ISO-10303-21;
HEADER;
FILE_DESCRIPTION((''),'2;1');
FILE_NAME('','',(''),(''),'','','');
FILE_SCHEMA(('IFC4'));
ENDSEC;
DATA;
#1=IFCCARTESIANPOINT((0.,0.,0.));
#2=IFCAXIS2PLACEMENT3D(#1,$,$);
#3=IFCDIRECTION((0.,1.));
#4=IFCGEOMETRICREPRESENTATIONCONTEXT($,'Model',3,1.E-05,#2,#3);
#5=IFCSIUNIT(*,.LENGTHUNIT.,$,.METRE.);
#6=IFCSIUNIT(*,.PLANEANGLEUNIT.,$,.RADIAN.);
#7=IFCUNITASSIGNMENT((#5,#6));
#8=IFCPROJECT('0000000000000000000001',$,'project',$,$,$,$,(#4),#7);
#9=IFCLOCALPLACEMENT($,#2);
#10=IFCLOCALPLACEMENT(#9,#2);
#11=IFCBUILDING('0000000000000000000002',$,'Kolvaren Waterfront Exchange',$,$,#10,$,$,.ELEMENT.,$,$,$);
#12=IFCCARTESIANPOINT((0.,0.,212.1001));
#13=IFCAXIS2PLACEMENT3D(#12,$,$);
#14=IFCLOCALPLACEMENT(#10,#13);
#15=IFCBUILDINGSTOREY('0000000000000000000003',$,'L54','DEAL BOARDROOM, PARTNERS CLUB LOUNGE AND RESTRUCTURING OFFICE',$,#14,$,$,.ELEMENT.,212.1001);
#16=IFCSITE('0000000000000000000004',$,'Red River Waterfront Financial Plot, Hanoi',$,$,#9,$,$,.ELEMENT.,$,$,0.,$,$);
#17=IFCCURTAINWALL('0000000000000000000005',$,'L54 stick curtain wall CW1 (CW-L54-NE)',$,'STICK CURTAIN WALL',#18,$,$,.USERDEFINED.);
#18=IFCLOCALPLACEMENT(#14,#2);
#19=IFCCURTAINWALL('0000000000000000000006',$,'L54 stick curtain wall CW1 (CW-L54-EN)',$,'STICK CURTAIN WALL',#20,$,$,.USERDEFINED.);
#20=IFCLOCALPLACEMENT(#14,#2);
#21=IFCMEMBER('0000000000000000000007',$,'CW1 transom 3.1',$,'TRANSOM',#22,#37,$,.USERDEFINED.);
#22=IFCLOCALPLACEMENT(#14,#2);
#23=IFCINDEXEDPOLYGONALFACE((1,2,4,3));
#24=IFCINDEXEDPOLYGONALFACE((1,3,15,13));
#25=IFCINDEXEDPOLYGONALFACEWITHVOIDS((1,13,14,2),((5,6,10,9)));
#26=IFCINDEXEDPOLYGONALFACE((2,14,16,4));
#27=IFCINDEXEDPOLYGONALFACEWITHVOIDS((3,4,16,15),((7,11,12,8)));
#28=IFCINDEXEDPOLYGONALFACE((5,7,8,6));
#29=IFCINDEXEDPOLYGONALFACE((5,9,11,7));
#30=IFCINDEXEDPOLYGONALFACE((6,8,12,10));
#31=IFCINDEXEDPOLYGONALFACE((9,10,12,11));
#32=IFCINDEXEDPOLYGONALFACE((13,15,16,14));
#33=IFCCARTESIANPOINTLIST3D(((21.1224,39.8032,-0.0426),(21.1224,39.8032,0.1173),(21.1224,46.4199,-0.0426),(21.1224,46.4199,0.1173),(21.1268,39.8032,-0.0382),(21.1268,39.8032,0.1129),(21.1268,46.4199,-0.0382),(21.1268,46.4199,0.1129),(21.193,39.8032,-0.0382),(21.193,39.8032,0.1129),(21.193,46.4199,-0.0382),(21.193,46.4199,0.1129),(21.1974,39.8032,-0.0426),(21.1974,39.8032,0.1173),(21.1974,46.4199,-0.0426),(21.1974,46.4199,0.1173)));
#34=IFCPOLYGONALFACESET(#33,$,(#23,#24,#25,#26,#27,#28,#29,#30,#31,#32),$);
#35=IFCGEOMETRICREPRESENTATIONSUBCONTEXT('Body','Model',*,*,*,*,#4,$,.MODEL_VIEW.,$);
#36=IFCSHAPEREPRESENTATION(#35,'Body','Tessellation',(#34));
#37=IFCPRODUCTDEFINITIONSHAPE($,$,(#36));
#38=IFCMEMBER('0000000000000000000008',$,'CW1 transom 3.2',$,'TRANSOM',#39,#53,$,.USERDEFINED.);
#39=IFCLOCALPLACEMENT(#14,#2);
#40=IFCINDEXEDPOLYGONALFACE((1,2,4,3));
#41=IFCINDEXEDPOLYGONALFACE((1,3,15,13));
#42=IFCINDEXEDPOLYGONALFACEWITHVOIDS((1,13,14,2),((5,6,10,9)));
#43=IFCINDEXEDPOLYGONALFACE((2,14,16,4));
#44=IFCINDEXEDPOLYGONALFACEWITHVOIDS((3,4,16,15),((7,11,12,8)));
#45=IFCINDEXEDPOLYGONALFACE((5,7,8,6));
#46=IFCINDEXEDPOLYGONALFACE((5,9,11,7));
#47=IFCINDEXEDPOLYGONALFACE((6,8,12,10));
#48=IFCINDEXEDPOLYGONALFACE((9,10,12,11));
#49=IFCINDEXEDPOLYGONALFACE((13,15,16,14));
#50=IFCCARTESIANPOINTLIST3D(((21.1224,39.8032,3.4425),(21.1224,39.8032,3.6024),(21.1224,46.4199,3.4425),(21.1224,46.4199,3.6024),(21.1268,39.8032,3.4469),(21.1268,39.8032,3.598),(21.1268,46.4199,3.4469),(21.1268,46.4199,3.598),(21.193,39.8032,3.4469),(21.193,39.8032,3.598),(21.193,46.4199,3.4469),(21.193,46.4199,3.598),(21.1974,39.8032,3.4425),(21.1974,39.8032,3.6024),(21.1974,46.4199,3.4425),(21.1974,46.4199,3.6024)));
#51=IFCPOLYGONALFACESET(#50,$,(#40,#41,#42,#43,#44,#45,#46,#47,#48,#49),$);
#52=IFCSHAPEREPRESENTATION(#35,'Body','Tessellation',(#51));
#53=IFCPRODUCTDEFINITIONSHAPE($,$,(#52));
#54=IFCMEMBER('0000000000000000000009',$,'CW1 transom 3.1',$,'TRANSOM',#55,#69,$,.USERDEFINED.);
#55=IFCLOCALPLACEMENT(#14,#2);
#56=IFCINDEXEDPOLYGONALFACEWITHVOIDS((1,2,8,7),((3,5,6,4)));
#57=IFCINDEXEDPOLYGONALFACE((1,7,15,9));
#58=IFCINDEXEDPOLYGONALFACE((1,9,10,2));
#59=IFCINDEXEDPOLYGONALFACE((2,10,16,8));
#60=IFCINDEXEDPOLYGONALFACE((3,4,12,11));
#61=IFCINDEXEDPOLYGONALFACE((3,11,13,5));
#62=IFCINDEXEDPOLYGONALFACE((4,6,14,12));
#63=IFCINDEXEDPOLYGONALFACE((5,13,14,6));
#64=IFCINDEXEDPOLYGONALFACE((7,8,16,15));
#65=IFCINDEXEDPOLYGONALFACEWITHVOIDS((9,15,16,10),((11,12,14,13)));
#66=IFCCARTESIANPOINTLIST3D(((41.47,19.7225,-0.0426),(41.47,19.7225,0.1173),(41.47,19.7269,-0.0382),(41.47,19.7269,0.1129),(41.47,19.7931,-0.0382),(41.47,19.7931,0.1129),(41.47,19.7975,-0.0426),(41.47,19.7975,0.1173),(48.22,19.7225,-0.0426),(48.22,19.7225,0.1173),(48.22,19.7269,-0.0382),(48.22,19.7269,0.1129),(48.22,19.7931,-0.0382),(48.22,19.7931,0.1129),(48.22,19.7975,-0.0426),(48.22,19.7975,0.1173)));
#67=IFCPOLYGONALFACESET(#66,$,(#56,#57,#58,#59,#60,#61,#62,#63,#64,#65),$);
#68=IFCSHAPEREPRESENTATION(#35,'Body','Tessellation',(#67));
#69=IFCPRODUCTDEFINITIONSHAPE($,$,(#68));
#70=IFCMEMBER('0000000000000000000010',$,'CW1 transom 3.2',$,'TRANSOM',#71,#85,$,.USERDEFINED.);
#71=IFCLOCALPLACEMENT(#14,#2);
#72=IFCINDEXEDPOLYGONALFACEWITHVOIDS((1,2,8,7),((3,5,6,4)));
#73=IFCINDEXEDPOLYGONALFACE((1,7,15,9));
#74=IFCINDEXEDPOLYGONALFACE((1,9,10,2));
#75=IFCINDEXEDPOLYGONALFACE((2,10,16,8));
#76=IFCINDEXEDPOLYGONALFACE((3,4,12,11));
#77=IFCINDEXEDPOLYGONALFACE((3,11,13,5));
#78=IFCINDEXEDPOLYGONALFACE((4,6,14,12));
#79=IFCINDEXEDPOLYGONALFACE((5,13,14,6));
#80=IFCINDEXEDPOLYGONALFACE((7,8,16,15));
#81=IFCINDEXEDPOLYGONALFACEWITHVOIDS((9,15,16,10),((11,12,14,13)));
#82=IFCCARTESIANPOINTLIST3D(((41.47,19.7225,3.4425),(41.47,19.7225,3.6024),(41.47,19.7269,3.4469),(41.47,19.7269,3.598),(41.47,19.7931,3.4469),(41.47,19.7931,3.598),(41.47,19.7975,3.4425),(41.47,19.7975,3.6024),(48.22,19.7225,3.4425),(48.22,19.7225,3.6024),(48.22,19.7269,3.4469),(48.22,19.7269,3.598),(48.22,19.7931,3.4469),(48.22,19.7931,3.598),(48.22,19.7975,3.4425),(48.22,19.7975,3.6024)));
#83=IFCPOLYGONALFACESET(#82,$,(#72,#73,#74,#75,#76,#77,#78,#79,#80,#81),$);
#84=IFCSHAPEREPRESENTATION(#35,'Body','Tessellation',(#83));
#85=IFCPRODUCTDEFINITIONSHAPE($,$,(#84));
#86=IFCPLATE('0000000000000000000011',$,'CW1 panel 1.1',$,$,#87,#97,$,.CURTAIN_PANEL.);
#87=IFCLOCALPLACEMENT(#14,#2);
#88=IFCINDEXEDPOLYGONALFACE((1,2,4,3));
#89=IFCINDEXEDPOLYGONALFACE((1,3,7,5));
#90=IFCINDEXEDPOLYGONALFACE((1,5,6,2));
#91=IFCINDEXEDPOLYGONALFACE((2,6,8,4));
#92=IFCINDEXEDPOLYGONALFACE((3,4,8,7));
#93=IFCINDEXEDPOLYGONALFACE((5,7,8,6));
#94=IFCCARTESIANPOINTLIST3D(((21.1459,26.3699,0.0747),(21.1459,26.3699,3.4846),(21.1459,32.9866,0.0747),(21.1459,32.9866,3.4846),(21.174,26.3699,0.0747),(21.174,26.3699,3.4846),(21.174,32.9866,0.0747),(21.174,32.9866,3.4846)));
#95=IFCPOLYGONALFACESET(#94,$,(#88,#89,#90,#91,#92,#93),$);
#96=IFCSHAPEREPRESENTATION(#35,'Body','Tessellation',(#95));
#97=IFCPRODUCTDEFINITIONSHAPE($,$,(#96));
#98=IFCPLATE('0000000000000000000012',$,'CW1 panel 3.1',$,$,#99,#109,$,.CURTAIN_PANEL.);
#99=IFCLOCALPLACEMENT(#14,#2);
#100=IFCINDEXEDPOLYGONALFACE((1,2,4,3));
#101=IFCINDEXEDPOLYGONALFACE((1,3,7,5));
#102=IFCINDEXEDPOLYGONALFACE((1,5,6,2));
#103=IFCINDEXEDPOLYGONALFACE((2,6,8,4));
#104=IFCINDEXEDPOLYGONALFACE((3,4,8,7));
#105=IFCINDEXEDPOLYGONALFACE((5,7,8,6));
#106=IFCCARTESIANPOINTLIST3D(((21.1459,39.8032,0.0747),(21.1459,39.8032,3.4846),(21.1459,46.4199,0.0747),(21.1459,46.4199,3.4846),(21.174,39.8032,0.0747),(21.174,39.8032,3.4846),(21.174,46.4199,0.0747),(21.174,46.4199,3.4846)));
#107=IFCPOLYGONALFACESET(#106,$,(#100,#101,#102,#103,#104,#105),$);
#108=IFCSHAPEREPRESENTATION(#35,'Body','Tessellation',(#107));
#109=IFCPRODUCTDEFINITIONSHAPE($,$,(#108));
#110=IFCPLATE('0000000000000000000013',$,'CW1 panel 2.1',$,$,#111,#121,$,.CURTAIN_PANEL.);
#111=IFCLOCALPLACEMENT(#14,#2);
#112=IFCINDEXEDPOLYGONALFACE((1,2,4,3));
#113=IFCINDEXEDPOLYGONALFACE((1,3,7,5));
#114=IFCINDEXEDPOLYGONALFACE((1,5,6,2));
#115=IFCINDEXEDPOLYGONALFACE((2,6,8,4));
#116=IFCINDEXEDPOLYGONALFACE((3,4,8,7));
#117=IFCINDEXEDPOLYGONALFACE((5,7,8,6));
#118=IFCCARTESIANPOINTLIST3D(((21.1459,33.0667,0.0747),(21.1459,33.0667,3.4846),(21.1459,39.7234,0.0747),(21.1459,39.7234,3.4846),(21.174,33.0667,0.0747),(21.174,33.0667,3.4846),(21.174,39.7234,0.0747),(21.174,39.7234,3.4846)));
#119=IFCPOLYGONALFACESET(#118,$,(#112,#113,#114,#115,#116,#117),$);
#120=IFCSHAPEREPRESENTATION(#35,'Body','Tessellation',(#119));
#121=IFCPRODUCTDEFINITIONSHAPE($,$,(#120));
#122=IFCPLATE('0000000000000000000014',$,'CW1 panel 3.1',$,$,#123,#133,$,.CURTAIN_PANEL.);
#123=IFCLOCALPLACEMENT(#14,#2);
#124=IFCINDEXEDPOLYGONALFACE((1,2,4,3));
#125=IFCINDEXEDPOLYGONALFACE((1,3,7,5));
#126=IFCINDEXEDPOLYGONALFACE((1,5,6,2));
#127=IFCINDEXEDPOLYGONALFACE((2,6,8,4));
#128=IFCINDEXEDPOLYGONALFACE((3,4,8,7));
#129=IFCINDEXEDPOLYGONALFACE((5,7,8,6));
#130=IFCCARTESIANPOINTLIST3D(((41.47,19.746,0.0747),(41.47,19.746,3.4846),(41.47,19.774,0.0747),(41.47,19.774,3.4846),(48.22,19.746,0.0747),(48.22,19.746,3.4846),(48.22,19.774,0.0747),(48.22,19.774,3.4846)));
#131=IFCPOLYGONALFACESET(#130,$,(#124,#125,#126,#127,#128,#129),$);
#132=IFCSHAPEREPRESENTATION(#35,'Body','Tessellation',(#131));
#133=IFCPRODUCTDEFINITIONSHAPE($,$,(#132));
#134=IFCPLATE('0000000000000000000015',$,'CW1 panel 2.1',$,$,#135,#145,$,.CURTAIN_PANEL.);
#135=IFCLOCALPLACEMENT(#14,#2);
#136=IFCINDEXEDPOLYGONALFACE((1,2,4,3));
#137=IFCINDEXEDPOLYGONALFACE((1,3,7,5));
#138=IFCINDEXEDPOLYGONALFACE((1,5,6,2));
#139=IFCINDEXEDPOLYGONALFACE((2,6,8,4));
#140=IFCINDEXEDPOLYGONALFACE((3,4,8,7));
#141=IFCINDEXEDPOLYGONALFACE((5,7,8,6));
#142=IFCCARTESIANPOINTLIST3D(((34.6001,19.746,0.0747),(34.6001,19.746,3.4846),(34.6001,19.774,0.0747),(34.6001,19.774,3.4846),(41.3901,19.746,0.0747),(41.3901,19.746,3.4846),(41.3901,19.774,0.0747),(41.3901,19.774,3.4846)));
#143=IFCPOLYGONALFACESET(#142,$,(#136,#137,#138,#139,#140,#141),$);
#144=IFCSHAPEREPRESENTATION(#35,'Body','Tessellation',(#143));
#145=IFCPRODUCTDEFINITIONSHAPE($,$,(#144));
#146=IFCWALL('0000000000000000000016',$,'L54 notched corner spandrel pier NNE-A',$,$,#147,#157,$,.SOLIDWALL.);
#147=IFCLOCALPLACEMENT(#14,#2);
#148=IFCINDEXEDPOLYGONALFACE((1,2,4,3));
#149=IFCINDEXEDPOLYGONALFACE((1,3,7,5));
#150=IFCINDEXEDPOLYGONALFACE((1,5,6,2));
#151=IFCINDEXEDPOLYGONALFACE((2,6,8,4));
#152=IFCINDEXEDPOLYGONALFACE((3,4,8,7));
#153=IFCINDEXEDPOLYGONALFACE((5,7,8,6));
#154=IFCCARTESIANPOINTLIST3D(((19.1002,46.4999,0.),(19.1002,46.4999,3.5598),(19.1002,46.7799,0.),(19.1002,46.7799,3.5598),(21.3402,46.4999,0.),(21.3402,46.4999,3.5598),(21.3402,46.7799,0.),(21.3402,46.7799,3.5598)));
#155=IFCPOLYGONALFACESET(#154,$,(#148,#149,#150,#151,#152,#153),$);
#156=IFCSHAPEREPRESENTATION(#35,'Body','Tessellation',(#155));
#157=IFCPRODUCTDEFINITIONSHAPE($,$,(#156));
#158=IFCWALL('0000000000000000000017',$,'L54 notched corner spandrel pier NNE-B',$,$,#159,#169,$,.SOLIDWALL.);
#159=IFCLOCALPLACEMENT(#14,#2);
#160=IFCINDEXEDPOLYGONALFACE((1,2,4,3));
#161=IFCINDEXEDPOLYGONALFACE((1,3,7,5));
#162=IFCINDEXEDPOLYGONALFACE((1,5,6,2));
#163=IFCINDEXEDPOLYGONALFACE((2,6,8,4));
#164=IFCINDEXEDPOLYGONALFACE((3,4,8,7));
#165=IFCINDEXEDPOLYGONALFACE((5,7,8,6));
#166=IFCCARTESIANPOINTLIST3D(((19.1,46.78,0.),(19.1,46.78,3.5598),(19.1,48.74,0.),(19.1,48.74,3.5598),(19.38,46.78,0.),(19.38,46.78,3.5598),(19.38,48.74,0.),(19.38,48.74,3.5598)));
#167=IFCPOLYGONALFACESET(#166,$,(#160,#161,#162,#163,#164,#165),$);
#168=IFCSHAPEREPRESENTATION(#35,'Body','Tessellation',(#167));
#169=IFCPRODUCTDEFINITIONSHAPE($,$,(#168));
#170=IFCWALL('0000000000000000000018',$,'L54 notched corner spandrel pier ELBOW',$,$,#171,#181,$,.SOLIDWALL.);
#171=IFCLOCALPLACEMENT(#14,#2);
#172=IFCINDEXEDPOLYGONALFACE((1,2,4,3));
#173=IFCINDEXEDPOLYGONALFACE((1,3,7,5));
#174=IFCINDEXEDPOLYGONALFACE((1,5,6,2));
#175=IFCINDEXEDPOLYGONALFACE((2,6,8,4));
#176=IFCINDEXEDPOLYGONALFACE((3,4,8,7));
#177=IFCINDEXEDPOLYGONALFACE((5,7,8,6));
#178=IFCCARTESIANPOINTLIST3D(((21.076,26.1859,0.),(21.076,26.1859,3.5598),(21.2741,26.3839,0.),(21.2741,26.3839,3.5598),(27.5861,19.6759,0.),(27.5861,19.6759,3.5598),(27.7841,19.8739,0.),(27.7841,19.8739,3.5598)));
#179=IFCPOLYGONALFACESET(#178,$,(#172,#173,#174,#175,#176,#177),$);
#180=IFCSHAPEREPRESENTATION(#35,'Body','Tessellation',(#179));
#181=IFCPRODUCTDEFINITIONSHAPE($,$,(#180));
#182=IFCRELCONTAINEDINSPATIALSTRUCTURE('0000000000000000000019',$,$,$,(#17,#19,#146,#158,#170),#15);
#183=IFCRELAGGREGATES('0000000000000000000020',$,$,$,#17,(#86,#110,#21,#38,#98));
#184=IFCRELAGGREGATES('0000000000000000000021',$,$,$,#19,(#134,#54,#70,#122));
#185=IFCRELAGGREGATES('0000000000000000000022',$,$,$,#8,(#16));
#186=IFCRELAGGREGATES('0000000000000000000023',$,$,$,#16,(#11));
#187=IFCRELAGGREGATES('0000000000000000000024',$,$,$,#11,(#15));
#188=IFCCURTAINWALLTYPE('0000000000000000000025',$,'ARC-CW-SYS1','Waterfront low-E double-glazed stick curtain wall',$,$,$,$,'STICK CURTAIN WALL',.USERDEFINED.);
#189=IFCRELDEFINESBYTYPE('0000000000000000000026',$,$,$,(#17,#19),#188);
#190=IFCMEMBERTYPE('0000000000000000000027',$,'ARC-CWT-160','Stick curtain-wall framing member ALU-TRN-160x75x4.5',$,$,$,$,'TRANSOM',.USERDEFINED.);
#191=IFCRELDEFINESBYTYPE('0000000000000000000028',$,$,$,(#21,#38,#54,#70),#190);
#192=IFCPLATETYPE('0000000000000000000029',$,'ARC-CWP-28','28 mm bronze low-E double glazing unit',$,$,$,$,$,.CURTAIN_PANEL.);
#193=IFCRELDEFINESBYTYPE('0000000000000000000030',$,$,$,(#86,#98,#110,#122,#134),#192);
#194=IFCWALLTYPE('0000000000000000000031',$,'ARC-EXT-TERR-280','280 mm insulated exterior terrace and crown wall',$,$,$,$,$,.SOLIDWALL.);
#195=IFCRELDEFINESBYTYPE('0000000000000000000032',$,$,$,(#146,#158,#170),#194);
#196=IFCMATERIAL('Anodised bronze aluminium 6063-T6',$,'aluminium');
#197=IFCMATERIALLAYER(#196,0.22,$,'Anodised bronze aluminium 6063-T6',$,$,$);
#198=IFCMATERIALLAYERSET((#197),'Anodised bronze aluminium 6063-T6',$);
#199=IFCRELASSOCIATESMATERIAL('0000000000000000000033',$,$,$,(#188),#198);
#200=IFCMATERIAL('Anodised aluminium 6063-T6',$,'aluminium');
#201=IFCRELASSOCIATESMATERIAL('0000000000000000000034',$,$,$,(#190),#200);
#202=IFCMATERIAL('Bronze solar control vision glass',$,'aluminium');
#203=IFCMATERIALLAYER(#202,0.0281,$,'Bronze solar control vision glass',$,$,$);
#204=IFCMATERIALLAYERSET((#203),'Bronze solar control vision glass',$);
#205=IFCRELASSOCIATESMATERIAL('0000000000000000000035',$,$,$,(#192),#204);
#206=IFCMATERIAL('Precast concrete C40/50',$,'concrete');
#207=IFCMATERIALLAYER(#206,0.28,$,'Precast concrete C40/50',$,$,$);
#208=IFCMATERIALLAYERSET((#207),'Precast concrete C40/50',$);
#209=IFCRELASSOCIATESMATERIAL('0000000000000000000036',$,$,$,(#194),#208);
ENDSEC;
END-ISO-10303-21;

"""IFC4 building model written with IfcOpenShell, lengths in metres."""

from ifc_helpers import new_model, si_unit, direction, frame, frame_2d, origin, origin_with_axes, origin_2d, place, context, subcontext, project, spatial, rectangle, hollow_rectangle, extrude, source, transform, mapped, material, layer, layer_set, material_profile, profile_set, type_object, element, aggregate, save


model = new_model("IFC4")

# Units and contexts
model_context = context("Model", 3, precision=1e-05, world=origin(), true_north=direction((0.0, 1.0)))
body_context = subcontext(model_context, "Body", "Model", "MODEL_VIEW")
ifc_project = project(units=[si_unit("LENGTHUNIT", "METRE"), si_unit("PLANEANGLEUNIT", "RADIAN")], contexts=[model_context])

# Site, building, storey
site_placement = place(None, origin())
site = spatial("IfcSite", under=ifc_project, at=site_placement, Name="Red River Waterfront Financial Plot, Hanoi", CompositionType="ELEMENT", RefElevation=0.0)
building_placement = place(site_placement, origin())
building = spatial("IfcBuilding", under=site, at=building_placement, Name="Kolvaren Waterfront Exchange", CompositionType="ELEMENT")
storey_placement = place(building_placement, frame((0.0, 0.0, 212.1001)))
storey = spatial("IfcBuildingStorey", under=building, at=storey_placement, Name="L54", Description="DEAL BOARDROOM, PARTNERS CLUB LOUNGE AND RESTRUCTURING OFFICE", CompositionType="ELEMENT", Elevation=212.1001)

# Curtain walls
ifc_material_1 = material(Name="Anodised bronze aluminium 6063-T6", Category="aluminium")
ifc_layer_1 = layer(ifc_material_1, 0.22, Name="Anodised bronze aluminium 6063-T6")
ifc_layer_set_1 = layer_set([ifc_layer_1], Name="Anodised bronze aluminium 6063-T6")
curtain_wall_type = type_object("IfcCurtainWallType", Name="ARC-CW-SYS1", Description="Waterfront low-E double-glazed stick curtain wall", ElementType="STICK CURTAIN WALL", PredefinedType="USERDEFINED", material=ifc_layer_set_1)
curtain_wall_1_placement = place(storey_placement, origin())
curtain_wall_1 = element("IfcCurtainWall", 1, at=curtain_wall_1_placement, inside=storey, type_object=curtain_wall_type, Name="L54 stick curtain wall CW1 (CW-L54-NE)", ObjectType="STICK CURTAIN WALL", PredefinedType="USERDEFINED")
ifc_material_2 = material(Name="Anodised aluminium 6063-T6", Category="aluminium")
curtain_wall_2_placement = place(storey_placement, origin())
curtain_wall_2 = element("IfcCurtainWall", 2, at=curtain_wall_2_placement, inside=storey, type_object=curtain_wall_type, Name="L54 stick curtain wall CW1 (CW-L54-EN)", ObjectType="STICK CURTAIN WALL", PredefinedType="USERDEFINED")

# Members
ifc_material_profile_1 = material_profile(ifc_material_2, hollow_rectangle(XDim=0.075, YDim=0.1599, WallThickness=0.0044, at=origin_2d()), Name="ALU-TRN-160x75x4.5")
ifc_profile_set_1 = profile_set([ifc_material_profile_1], Name="Anodised aluminium 6063-T6")
member_type_1 = type_object("IfcMemberType", Name="ARC-CWT-160", Description="Stick curtain-wall framing member ALU-TRN-160x75x4.5", ElementType="TRANSOM", PredefinedType="USERDEFINED", material=ifc_profile_set_1)
shared_shape_1 = source(origin_with_axes(), body_context, "Body", "SweptSolid", [
    extrude(hollow_rectangle(XDim=0.075, YDim=0.1599, WallThickness=0.0044, at=origin_2d()), origin(), (0.0, 0.0, 1.0), 6.6167),
])
member_1_placement = place(storey_placement, frame((21.1599, 39.8032, 0.0374), z_axis=(0.0, 1.0, 0.0), x_axis=(-1.0, 0.0, 0.0)))
member_1 = element("IfcMember", 3, at=member_1_placement, type_object=member_type_1, Name="CW1 transom 3.1", ObjectType="TRANSOM", PredefinedType="USERDEFINED", context=body_context, shape_type="MappedRepresentation", body=[
    mapped(shared_shape_1, transform((0.0, 0.0, 0.0), x_axis=(1.0, 0.0, 0.0), y_axis=(0.0, 1.0, 0.0), z_axis=(0.0, 0.0, 1.0), scale=1.0)),
])
member_2_placement = place(storey_placement, frame((21.1599, 39.8032, 3.5225), z_axis=(0.0, 1.0, 0.0), x_axis=(-1.0, 0.0, 0.0)))
member_2 = element("IfcMember", 4, at=member_2_placement, type_object=member_type_1, Name="CW1 transom 3.2", ObjectType="TRANSOM", PredefinedType="USERDEFINED", context=body_context, shape_type="MappedRepresentation", body=[
    mapped(shared_shape_1, transform((0.0, 0.0, 0.0), x_axis=(1.0, 0.0, 0.0), y_axis=(0.0, 1.0, 0.0), z_axis=(0.0, 0.0, 1.0), scale=1.0)),
])
shared_shape_2 = source(origin_with_axes(), body_context, "Body", "SweptSolid", [
    extrude(hollow_rectangle(XDim=0.075, YDim=0.1599, WallThickness=0.0044, at=origin_2d()), origin(), (0.0, 0.0, 1.0), 6.75),
])
member_3_placement = place(storey_placement, frame((41.47, 19.76, 0.0374), z_axis=(1.0, 0.0, 0.0), x_axis=(0.0, 1.0, 0.0)))
member_3 = element("IfcMember", 5, at=member_3_placement, type_object=member_type_1, Name="CW1 transom 3.1", ObjectType="TRANSOM", PredefinedType="USERDEFINED", context=body_context, shape_type="MappedRepresentation", body=[
    mapped(shared_shape_2, transform((0.0, 0.0, 0.0), x_axis=(1.0, 0.0, 0.0), y_axis=(0.0, 1.0, 0.0), z_axis=(0.0, 0.0, 1.0), scale=1.0)),
])
member_4_placement = place(storey_placement, frame((41.47, 19.76, 3.5225), z_axis=(1.0, 0.0, 0.0), x_axis=(0.0, 1.0, 0.0)))
member_4 = element("IfcMember", 6, at=member_4_placement, type_object=member_type_1, Name="CW1 transom 3.2", ObjectType="TRANSOM", PredefinedType="USERDEFINED", context=body_context, shape_type="MappedRepresentation", body=[
    mapped(shared_shape_2, transform((0.0, 0.0, 0.0), x_axis=(1.0, 0.0, 0.0), y_axis=(0.0, 1.0, 0.0), z_axis=(0.0, 0.0, 1.0), scale=1.0)),
])

# Plates
ifc_material_3 = material(Name="Bronze solar control vision glass", Category="aluminium")
ifc_layer_2 = layer(ifc_material_3, 0.0281, Name="Bronze solar control vision glass")
ifc_layer_set_2 = layer_set([ifc_layer_2], Name="Bronze solar control vision glass")
plate_type = type_object("IfcPlateType", Name="ARC-CWP-28", Description="28 mm bronze low-E double glazing unit", PredefinedType="CURTAIN_PANEL", material=ifc_layer_set_2)
shared_shape_3 = source(origin_with_axes(), body_context, "Body", "SweptSolid", [
    extrude(rectangle(XDim=6.6167, YDim=0.0281, at=origin_2d()), origin(), (0.0, 0.0, 1.0), 3.4099),
])
plate_1_placement = place(storey_placement, frame((21.1599, 29.6782, 0.0747), z_axis=(0.0, 0.0, 1.0), x_axis=(0.0, 1.0, 0.0)))
plate_1 = element("IfcPlate", 7, at=plate_1_placement, type_object=plate_type, Name="CW1 panel 1.1", PredefinedType="CURTAIN_PANEL", context=body_context, shape_type="MappedRepresentation", body=[
    mapped(shared_shape_3, transform((0.0, 0.0, 0.0), x_axis=(1.0, 0.0, 0.0), y_axis=(0.0, 1.0, 0.0), z_axis=(0.0, 0.0, 1.0), scale=1.0)),
])
plate_2_placement = place(storey_placement, frame((21.1599, 43.1116, 0.0747), z_axis=(0.0, 0.0, 1.0), x_axis=(0.0, 1.0, 0.0)))
plate_2 = element("IfcPlate", 8, at=plate_2_placement, type_object=plate_type, Name="CW1 panel 3.1", PredefinedType="CURTAIN_PANEL", context=body_context, shape_type="MappedRepresentation", body=[
    mapped(shared_shape_3, transform((0.0, 0.0, 0.0), x_axis=(1.0, 0.0, 0.0), y_axis=(0.0, 1.0, 0.0), z_axis=(0.0, 0.0, 1.0), scale=1.0)),
])
shared_shape_4 = source(origin_with_axes(), body_context, "Body", "SweptSolid", [
    extrude(rectangle(XDim=6.6567, YDim=0.0281, at=origin_2d()), origin(), (0.0, 0.0, 1.0), 3.4099),
])
plate_3_placement = place(storey_placement, frame((21.1599, 36.395, 0.0747), z_axis=(0.0, 0.0, 1.0), x_axis=(0.0, 1.0, 0.0)))
plate_3 = element("IfcPlate", 9, at=plate_3_placement, type_object=plate_type, Name="CW1 panel 2.1", PredefinedType="CURTAIN_PANEL", context=body_context, shape_type="MappedRepresentation", body=[
    mapped(shared_shape_4, transform((0.0, 0.0, 0.0), x_axis=(1.0, 0.0, 0.0), y_axis=(0.0, 1.0, 0.0), z_axis=(0.0, 0.0, 1.0), scale=1.0)),
])
aggregate(curtain_wall_1, [plate_1, plate_3, member_1, member_2, plate_2])
shared_shape_5 = source(origin_with_axes(), body_context, "Body", "SweptSolid", [
    extrude(rectangle(XDim=6.75, YDim=0.0281, at=origin_2d()), origin(), (0.0, 0.0, 1.0), 3.4099),
])
plate_4_placement = place(storey_placement, frame((44.845, 19.76, 0.0747), z_axis=(0.0, 0.0, 1.0), x_axis=(1.0, 0.0, 0.0)))
plate_4 = element("IfcPlate", 10, at=plate_4_placement, type_object=plate_type, Name="CW1 panel 3.1", PredefinedType="CURTAIN_PANEL", context=body_context, shape_type="MappedRepresentation", body=[
    mapped(shared_shape_5, transform((0.0, 0.0, 0.0), x_axis=(1.0, 0.0, 0.0), y_axis=(0.0, 1.0, 0.0), z_axis=(0.0, 0.0, 1.0), scale=1.0)),
])
shared_shape_6 = source(origin_with_axes(), body_context, "Body", "SweptSolid", [
    extrude(rectangle(XDim=6.79, YDim=0.0281, at=origin_2d()), origin(), (0.0, 0.0, 1.0), 3.4099),
])
plate_5_placement = place(storey_placement, frame((37.9951, 19.76, 0.0747), z_axis=(0.0, 0.0, 1.0), x_axis=(1.0, 0.0, 0.0)))
plate_5 = element("IfcPlate", 11, at=plate_5_placement, type_object=plate_type, Name="CW1 panel 2.1", PredefinedType="CURTAIN_PANEL", context=body_context, shape_type="MappedRepresentation", body=[
    mapped(shared_shape_6, transform((0.0, 0.0, 0.0), x_axis=(1.0, 0.0, 0.0), y_axis=(0.0, 1.0, 0.0), z_axis=(0.0, 0.0, 1.0), scale=1.0)),
])
aggregate(curtain_wall_2, [plate_5, member_3, member_4, plate_4])

# Walls
ifc_material_4 = material(Name="Precast concrete C40/50", Category="concrete")
ifc_layer_3 = layer(ifc_material_4, 0.28, Name="Precast concrete C40/50")
ifc_layer_set_3 = layer_set([ifc_layer_3], Name="Precast concrete C40/50")
wall_type_1 = type_object("IfcWallType", Name="ARC-EXT-TERR-280", Description="280 mm insulated exterior terrace and crown wall", PredefinedType="SOLIDWALL", material=ifc_layer_set_3)
wall_1_placement = place(storey_placement, frame((19.1001, 46.6399, 0.0), z_axis=(0.0, 0.0, 1.0), x_axis=(1.0, 0.0, 0.0)))
element("IfcWall", 12, at=wall_1_placement, inside=storey, type_object=wall_type_1, Name="L54 notched corner spandrel pier NNE-A", PredefinedType="SOLIDWALL", context=body_context, shape_type="SweptSolid", body=[
    extrude(rectangle(XDim=2.24, YDim=0.28, at=frame_2d((1.1201, 0.0))), origin(), (0.0, 0.0, 1.0), 3.5598),
])
wall_2_placement = place(storey_placement, frame((19.24, 46.78, 0.0), z_axis=(0.0, 0.0, 1.0), x_axis=(0.0, 1.0, 0.0)))
element("IfcWall", 13, at=wall_2_placement, inside=storey, type_object=wall_type_1, Name="L54 notched corner spandrel pier NNE-B", PredefinedType="SOLIDWALL", context=body_context, shape_type="SweptSolid", body=[
    extrude(rectangle(XDim=1.96, YDim=0.28, at=frame_2d((0.98, 0.0))), origin(), (0.0, 0.0, 1.0), 3.5598),
])
wall_3_placement = place(storey_placement, frame((27.6851, 19.7749, 0.0), z_axis=(0.0, 0.0, 1.0), x_axis=(-0.707107, 0.707107, 0.0)))
element("IfcWall", 14, at=wall_3_placement, inside=storey, type_object=wall_type_1, Name="L54 notched corner spandrel pier ELBOW", PredefinedType="SOLIDWALL", context=body_context, shape_type="SweptSolid", body=[
    extrude(rectangle(XDim=9.2065, YDim=0.28, at=frame_2d((4.6033, 0.0))), origin(), (0.0, 0.0, 1.0), 3.5598),
])

save(model, "model.ifc")
